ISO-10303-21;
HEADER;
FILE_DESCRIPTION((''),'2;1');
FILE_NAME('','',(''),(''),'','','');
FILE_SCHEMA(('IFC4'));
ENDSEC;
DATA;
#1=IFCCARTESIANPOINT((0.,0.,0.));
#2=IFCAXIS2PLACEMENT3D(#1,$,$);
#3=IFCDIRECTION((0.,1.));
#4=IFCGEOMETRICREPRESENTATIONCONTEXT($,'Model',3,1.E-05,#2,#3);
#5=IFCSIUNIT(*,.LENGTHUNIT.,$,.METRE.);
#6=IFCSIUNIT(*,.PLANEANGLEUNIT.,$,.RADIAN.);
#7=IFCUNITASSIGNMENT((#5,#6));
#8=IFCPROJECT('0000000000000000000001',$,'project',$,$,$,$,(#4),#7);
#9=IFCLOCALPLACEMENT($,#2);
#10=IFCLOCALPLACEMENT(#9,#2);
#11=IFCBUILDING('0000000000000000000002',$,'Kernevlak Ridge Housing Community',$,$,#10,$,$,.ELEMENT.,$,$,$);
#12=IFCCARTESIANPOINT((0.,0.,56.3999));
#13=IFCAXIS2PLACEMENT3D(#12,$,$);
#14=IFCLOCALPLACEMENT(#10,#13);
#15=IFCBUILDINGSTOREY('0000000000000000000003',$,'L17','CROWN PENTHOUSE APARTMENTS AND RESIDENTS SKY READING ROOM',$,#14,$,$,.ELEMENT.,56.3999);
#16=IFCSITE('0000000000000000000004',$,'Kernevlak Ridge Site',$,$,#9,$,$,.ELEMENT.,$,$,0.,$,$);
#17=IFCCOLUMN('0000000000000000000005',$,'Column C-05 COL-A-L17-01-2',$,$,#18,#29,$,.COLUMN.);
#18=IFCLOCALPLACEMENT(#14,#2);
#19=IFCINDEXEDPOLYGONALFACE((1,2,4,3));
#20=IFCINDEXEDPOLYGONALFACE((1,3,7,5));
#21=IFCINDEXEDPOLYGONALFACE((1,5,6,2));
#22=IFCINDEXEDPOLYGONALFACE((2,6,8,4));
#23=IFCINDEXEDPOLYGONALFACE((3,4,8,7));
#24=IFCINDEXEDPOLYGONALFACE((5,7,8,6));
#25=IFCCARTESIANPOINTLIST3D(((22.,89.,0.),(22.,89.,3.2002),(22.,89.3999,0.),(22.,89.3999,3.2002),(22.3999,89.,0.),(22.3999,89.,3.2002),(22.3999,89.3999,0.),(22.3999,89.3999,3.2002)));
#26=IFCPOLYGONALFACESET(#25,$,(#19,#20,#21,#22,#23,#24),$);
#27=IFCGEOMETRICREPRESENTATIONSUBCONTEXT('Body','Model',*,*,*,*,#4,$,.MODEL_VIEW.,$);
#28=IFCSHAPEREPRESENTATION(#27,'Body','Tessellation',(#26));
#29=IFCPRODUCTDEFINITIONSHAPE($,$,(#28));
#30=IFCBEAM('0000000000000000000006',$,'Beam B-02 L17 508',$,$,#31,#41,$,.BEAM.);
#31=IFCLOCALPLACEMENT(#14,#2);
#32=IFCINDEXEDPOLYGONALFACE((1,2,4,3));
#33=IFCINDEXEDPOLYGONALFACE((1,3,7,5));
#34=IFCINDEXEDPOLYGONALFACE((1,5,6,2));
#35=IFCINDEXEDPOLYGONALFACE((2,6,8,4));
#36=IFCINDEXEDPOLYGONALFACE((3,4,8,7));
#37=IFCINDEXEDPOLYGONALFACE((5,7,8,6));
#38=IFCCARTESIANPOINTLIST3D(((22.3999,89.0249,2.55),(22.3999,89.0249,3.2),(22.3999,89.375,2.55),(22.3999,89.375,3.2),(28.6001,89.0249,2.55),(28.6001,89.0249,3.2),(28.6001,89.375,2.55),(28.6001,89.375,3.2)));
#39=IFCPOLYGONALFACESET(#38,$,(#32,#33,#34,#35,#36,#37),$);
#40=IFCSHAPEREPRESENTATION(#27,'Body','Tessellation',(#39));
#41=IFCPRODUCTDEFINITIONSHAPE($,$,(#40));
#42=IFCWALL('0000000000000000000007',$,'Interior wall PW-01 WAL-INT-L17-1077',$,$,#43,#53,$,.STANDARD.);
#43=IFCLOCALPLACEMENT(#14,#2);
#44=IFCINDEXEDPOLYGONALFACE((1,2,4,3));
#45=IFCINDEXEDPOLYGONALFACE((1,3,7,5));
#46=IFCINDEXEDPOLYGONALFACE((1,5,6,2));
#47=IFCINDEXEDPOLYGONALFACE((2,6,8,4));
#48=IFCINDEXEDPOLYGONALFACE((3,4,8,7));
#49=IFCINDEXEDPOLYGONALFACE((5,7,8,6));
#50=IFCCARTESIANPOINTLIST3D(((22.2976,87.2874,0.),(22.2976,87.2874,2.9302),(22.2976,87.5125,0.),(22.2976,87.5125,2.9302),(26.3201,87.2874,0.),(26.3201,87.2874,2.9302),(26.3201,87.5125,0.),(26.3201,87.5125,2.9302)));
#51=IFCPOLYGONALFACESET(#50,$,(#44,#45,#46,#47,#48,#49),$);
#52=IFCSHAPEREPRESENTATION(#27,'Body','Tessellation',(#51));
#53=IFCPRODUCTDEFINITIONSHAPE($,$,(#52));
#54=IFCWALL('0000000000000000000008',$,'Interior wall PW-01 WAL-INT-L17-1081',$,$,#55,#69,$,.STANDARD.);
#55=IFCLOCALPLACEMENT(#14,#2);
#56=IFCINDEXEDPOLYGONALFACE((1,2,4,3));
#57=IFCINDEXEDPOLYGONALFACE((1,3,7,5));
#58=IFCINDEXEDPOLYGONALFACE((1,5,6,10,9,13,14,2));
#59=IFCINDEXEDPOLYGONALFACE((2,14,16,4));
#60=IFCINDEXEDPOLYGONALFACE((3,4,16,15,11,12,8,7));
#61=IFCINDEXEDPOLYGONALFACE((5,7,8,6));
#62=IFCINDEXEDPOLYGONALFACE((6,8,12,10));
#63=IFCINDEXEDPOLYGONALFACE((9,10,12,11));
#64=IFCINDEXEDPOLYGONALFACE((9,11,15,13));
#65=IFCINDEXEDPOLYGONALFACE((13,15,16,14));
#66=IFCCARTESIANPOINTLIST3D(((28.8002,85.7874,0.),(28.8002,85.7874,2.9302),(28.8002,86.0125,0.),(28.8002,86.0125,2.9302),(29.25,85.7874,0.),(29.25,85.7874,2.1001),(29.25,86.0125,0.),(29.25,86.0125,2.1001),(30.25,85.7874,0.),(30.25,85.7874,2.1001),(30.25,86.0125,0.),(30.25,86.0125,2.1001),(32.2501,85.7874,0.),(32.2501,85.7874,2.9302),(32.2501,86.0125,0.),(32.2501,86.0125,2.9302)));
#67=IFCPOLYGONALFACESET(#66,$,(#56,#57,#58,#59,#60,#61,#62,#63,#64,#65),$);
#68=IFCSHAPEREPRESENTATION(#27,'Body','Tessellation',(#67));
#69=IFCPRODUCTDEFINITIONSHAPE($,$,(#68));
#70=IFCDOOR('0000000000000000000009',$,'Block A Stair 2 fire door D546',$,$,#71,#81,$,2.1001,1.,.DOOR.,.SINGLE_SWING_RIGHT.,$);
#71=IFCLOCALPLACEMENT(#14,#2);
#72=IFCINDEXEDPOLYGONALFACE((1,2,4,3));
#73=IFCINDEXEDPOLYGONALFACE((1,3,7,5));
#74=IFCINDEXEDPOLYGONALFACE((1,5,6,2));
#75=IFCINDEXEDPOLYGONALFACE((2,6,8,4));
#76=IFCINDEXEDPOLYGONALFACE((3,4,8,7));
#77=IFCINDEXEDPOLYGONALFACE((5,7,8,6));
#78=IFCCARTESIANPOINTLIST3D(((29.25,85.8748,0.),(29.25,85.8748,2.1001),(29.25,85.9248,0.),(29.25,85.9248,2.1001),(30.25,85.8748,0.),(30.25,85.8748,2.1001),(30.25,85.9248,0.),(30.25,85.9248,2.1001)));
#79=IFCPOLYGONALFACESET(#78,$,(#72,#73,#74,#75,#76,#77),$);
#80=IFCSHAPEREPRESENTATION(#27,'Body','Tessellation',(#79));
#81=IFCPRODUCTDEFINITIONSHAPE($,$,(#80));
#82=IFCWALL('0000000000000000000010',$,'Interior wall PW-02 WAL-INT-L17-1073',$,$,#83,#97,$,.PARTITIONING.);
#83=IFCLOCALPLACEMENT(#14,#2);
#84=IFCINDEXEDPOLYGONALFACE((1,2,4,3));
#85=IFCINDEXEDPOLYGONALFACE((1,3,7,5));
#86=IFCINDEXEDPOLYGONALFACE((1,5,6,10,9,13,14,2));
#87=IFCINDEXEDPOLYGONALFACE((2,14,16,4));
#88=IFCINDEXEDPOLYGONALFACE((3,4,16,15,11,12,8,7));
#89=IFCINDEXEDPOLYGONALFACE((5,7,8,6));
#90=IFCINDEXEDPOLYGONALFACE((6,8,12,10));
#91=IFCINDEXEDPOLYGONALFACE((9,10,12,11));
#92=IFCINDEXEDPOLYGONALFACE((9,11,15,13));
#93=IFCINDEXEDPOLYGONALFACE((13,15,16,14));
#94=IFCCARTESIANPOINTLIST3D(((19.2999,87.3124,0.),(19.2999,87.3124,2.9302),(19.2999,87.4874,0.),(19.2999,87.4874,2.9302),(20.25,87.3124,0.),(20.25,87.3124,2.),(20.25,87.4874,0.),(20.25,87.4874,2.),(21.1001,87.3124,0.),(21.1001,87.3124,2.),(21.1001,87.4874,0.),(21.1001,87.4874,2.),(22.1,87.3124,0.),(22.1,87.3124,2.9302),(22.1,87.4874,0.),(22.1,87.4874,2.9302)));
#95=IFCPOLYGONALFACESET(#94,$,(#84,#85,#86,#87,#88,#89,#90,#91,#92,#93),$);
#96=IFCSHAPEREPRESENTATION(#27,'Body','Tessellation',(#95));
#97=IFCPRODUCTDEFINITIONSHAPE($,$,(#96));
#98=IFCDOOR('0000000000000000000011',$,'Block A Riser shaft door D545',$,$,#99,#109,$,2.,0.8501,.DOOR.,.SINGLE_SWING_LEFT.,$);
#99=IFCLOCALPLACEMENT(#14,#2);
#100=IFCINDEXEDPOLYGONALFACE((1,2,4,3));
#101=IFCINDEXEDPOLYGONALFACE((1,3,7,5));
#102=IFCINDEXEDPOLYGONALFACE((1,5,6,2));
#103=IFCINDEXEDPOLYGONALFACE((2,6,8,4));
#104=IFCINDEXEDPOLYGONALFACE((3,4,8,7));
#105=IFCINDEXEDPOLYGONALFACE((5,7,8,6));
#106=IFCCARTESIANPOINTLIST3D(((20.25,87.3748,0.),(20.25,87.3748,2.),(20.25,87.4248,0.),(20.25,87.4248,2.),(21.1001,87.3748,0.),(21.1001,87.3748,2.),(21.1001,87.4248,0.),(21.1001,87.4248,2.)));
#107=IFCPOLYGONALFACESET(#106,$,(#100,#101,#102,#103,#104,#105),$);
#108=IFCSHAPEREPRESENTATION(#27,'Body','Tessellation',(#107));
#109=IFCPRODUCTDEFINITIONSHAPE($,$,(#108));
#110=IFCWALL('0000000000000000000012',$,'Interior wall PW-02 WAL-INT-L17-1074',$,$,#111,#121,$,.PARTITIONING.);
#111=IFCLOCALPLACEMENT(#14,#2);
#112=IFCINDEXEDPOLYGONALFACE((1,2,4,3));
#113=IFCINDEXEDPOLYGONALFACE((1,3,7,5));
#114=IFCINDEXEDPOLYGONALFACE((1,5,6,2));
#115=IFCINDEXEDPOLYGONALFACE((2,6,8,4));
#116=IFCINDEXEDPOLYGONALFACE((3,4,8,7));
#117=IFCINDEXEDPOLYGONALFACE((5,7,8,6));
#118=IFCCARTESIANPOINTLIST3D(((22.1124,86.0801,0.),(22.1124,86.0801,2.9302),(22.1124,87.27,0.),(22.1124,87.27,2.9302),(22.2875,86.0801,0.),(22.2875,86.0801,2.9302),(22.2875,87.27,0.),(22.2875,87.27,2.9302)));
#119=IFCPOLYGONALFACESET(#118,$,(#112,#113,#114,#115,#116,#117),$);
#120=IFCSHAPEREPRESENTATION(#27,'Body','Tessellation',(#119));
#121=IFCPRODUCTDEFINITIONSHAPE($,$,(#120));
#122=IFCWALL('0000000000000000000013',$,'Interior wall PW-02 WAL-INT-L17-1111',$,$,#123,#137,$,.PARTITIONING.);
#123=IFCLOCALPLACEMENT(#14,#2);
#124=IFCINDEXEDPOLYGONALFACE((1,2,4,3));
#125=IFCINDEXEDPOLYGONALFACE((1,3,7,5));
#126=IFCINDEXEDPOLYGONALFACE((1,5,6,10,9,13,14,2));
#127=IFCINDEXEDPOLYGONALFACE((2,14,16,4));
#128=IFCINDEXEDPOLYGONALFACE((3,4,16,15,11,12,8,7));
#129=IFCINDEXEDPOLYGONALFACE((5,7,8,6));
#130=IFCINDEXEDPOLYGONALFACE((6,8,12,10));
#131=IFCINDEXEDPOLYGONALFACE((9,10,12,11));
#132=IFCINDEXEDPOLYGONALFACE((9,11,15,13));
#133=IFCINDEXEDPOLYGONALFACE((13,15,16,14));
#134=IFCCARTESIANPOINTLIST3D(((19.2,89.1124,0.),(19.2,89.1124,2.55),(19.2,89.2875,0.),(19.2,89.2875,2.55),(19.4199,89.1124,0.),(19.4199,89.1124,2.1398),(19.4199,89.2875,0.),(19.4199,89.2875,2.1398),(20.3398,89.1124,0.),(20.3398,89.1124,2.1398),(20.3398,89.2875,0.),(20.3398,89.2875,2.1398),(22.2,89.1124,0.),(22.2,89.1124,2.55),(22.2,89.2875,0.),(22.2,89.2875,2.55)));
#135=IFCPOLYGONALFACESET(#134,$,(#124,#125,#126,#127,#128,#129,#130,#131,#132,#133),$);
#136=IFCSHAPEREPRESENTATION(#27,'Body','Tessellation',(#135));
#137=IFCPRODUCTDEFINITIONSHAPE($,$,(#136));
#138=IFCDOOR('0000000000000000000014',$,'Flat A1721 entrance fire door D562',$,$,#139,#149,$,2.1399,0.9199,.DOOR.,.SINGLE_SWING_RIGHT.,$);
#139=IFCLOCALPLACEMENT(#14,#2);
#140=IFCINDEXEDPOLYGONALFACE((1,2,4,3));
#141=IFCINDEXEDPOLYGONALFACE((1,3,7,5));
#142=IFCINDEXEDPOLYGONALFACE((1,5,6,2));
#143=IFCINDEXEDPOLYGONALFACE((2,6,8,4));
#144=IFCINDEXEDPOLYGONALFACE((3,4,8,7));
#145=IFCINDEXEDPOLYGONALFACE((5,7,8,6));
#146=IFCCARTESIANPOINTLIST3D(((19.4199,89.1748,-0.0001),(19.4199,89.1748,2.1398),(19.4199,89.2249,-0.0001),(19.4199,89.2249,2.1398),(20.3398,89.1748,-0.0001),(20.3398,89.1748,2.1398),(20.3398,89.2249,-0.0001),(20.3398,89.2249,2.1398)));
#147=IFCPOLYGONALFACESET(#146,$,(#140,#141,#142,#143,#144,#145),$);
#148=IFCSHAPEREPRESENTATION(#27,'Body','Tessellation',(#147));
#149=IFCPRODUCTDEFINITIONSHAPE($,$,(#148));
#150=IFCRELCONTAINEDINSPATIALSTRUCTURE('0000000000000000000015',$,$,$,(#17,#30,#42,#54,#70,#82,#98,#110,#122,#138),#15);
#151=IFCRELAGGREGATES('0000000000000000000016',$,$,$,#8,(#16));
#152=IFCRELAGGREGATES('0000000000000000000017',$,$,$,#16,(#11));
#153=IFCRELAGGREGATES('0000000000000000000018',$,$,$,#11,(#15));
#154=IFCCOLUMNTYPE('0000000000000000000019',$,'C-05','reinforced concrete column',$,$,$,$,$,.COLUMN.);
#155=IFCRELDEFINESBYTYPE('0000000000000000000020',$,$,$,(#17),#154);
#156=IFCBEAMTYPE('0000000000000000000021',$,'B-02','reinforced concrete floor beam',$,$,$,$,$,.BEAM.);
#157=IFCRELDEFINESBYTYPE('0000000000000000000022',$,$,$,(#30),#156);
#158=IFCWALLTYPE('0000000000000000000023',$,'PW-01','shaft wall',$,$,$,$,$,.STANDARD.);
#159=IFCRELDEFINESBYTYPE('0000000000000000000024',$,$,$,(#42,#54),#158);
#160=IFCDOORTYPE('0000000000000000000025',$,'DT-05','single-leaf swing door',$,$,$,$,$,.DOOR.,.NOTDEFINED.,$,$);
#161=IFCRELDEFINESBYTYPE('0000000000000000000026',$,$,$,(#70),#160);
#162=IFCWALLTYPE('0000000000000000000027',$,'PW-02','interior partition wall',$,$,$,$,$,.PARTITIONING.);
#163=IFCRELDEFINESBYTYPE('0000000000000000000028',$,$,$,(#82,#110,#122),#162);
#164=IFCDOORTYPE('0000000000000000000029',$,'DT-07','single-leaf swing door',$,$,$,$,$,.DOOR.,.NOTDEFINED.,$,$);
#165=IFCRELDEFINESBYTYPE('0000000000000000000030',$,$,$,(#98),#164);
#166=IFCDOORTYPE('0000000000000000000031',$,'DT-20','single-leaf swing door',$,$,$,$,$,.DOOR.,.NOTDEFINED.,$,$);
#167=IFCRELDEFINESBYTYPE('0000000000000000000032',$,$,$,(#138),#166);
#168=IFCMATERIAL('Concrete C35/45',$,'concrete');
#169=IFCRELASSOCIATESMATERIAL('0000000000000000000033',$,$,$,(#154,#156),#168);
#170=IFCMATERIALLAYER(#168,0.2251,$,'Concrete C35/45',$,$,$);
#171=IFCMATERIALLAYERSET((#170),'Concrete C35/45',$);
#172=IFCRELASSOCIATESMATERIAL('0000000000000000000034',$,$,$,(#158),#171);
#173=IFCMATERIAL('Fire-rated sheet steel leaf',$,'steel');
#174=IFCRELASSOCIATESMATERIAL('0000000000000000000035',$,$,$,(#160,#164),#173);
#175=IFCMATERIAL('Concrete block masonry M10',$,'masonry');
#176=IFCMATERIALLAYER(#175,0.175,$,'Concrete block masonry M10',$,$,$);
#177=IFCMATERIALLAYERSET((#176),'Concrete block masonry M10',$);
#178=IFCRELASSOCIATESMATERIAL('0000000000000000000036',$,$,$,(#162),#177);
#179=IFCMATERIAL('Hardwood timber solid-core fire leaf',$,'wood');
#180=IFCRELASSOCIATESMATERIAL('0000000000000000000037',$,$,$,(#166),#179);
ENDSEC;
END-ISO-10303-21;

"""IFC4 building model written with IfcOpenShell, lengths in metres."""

from ifc_helpers import new_model, si_unit, direction, frame, frame_2d, origin, origin_2d, place, context, subcontext, project, spatial, rectangle, extrude, material, layer, layer_set, material_profile, profile_set, type_object, element, fill, save


model = new_model("IFC4")

# Units and contexts
model_context = context("Model", 3, precision=1e-05, world=origin(), true_north=direction((0.0, 1.0)))
body_context = subcontext(model_context, "Body", "Model", "MODEL_VIEW")
ifc_project = project(units=[si_unit("LENGTHUNIT", "METRE"), si_unit("PLANEANGLEUNIT", "RADIAN")], contexts=[model_context])

# Site, building, storey
site_placement = place(None, origin())
site = spatial("IfcSite", under=ifc_project, at=site_placement, Name="Kernevlak Ridge Site", CompositionType="ELEMENT", RefElevation=0.0)
building_placement = place(site_placement, origin())
building = spatial("IfcBuilding", under=site, at=building_placement, Name="Kernevlak Ridge Housing Community", CompositionType="ELEMENT")
storey_placement = place(building_placement, frame((0.0, 0.0, 56.3999)))
storey = spatial("IfcBuildingStorey", under=building, at=storey_placement, Name="L17", Description="CROWN PENTHOUSE APARTMENTS AND RESIDENTS SKY READING ROOM", CompositionType="ELEMENT", Elevation=56.3999)

# Column
ifc_material_1 = material(Name="Concrete C35/45", Category="concrete")
ifc_material_profile_1 = material_profile(ifc_material_1, rectangle(XDim=0.3999, YDim=0.3999, at=origin_2d()), Name="RC 400x400")
ifc_profile_set_1 = profile_set([ifc_material_profile_1], Name="Concrete C35/45")
column_type = type_object("IfcColumnType", Name="C-05", Description="reinforced concrete column", PredefinedType="COLUMN", material=ifc_profile_set_1)
column_placement = place(storey_placement, frame((22.2, 89.2, 0.0), z_axis=(0.0, 0.0, 1.0), x_axis=(1.0, 0.0, 0.0)))
element("IfcColumn", 1, at=column_placement, inside=storey, type_object=column_type, Name="Column C-05 COL-A-L17-01-2", PredefinedType="COLUMN", context=body_context, shape_type="SweptSolid", body=[
    extrude(rectangle(XDim=0.3999, YDim=0.3999, at=origin_2d()), origin(), (0.0, 0.0, 1.0), 3.2002),
])

# Beam
ifc_material_profile_2 = material_profile(ifc_material_1, rectangle(XDim=0.3501, YDim=0.6499, at=origin_2d()), Name="RC 350x650")
ifc_profile_set_2 = profile_set([ifc_material_profile_2], Name="Concrete C35/45")
beam_type = type_object("IfcBeamType", Name="B-02", Description="reinforced concrete floor beam", PredefinedType="BEAM", material=ifc_profile_set_2)
beam_placement = place(storey_placement, frame((22.3999, 89.2, 2.875), z_axis=(1.0, 0.0, 0.0), x_axis=(0.0, 1.0, 0.0)))
element("IfcBeam", 2, at=beam_placement, inside=storey, type_object=beam_type, Name="Beam B-02 L17 508", PredefinedType="BEAM", context=body_context, shape_type="SweptSolid", body=[
    extrude(rectangle(XDim=0.3501, YDim=0.6499, at=origin_2d()), origin(), (0.0, 0.0, 1.0), 6.2002),
])

# Wall
ifc_layer_1 = layer(ifc_material_1, 0.2251, Name="Concrete C35/45")
ifc_layer_set_1 = layer_set([ifc_layer_1], Name="Concrete C35/45")
wall_type_1 = type_object("IfcWallType", Name="PW-01", Description="shaft wall", PredefinedType="STANDARD", material=ifc_layer_set_1)
wall_1_placement = place(storey_placement, frame((22.2976, 87.3999, 0.0), z_axis=(0.0, 0.0, 1.0), x_axis=(1.0, 0.0, 0.0)))
element("IfcWall", 3, at=wall_1_placement, inside=storey, type_object=wall_type_1, Name="Interior wall PW-01 WAL-INT-L17-1077", PredefinedType="STANDARD", context=body_context, shape_type="SweptSolid", body=[
    extrude(rectangle(XDim=4.0225, YDim=0.2251, at=frame_2d((2.0112, 0.0))), origin(), (0.0, 0.0, 1.0), 2.9302),
])

# Walls, openings, doors
wall_2_placement = place(storey_placement, frame((28.8, 85.8999, 0.0), z_axis=(0.0, 0.0, 1.0), x_axis=(1.0, 0.0, 0.0)))
wall_2 = element("IfcWall", 4, at=wall_2_placement, inside=storey, type_object=wall_type_1, Name="Interior wall PW-01 WAL-INT-L17-1081", PredefinedType="STANDARD", context=body_context, shape_type="SweptSolid", body=[
    extrude(rectangle(XDim=3.45, YDim=0.2251, at=frame_2d((1.7251, 0.0))), origin(), (0.0, 0.0, 1.0), 2.9302),
])
opening_1_placement = place(wall_2_placement, frame((0.45, 0.0, 0.0)))
opening_1 = element("IfcOpeningElement", 5, at=opening_1_placement, cuts=wall_2, PredefinedType="OPENING", context=body_context, shape_type="SweptSolid", body=[
    extrude(rectangle(XDim=1.0, YDim=2.1001, at=frame_2d((0.5, 1.05))), frame((0.0, 0.1226, 0.0), z_axis=(0.0, -1.0, 0.0), x_axis=(1.0, 0.0, 0.0)), (0.0, 0.0, 1.0), 0.2451),
])
ifc_material_2 = material(Name="Fire-rated sheet steel leaf", Category="steel")
door_type_1 = type_object("IfcDoorType", Name="DT-05", Description="single-leaf swing door", OperationType="NOTDEFINED", PredefinedType="DOOR", material=ifc_material_2)
door_1_placement = place(opening_1_placement, origin())
door_1 = element("IfcDoor", 6, at=door_1_placement, inside=storey, type_object=door_type_1, Name="Block A Stair 2 fire door D546", OperationType="SINGLE_SWING_RIGHT", OverallHeight=2.1001, OverallWidth=1.0, PredefinedType="DOOR", context=body_context, shape_type="SweptSolid", body=[
    extrude(rectangle(XDim=1.0, YDim=2.1001, at=frame_2d((0.5, 1.05))), frame((0.0, 0.0249, 0.0), z_axis=(0.0, -1.0, 0.0), x_axis=(1.0, 0.0, 0.0)), (0.0, 0.0, 1.0), 0.05),
])
fill(opening_1, door_1)
ifc_material_3 = material(Name="Concrete block masonry M10", Category="masonry")
ifc_layer_2 = layer(ifc_material_3, 0.175, Name="Concrete block masonry M10")
ifc_layer_set_2 = layer_set([ifc_layer_2], Name="Concrete block masonry M10")
wall_type_2 = type_object("IfcWallType", Name="PW-02", Description="interior partition wall", PredefinedType="PARTITIONING", material=ifc_layer_set_2)
wall_3_placement = place(storey_placement, frame((19.3, 87.3999, 0.0), z_axis=(0.0, 0.0, 1.0), x_axis=(1.0, 0.0, 0.0)))
wall_3 = element("IfcWall", 7, at=wall_3_placement, inside=storey, type_object=wall_type_2, Name="Interior wall PW-02 WAL-INT-L17-1073", PredefinedType="PARTITIONING", context=body_context, shape_type="SweptSolid", body=[
    extrude(rectangle(XDim=2.8, YDim=0.175, at=frame_2d((1.3999, 0.0))), origin(), (0.0, 0.0, 1.0), 2.9302),
])
opening_2_placement = place(wall_3_placement, frame((0.95, 0.0, 0.0)))
opening_2 = element("IfcOpeningElement", 8, at=opening_2_placement, cuts=wall_3, PredefinedType="OPENING", context=body_context, shape_type="SweptSolid", body=[
    extrude(rectangle(XDim=0.8501, YDim=2.0, at=frame_2d((0.425, 1.0))), frame((0.0, 0.0974, 0.0), z_axis=(0.0, -1.0, 0.0), x_axis=(1.0, 0.0, 0.0)), (0.0, 0.0, 1.0), 0.1951),
])
door_type_2 = type_object("IfcDoorType", Name="DT-07", Description="single-leaf swing door", OperationType="NOTDEFINED", PredefinedType="DOOR", material=ifc_material_2)
door_2_placement = place(opening_2_placement, origin())
door_2 = element("IfcDoor", 9, at=door_2_placement, inside=storey, type_object=door_type_2, Name="Block A Riser shaft door D545", OperationType="SINGLE_SWING_LEFT", OverallHeight=2.0, OverallWidth=0.8501, PredefinedType="DOOR", context=body_context, shape_type="SweptSolid", body=[
    extrude(rectangle(XDim=0.8501, YDim=2.0, at=frame_2d((0.425, 1.0))), frame((0.0, 0.0249, 0.0), z_axis=(0.0, -1.0, 0.0), x_axis=(1.0, 0.0, 0.0)), (0.0, 0.0, 1.0), 0.05),
])
fill(opening_2, door_2)

# Wall
wall_4_placement = place(storey_placement, frame((22.2, 86.0801, 0.0), z_axis=(0.0, 0.0, 1.0), x_axis=(0.0, 1.0, 0.0)))
element("IfcWall", 10, at=wall_4_placement, inside=storey, type_object=wall_type_2, Name="Interior wall PW-02 WAL-INT-L17-1074", PredefinedType="PARTITIONING", context=body_context, shape_type="SweptSolid", body=[
    extrude(rectangle(XDim=1.1899, YDim=0.175, at=frame_2d((0.595, 0.0))), origin(), (0.0, 0.0, 1.0), 2.9302),
])

# Wall, opening, door
wall_5_placement = place(storey_placement, frame((19.2, 89.2, 0.0), z_axis=(0.0, 0.0, 1.0), x_axis=(1.0, 0.0, 0.0)))
wall_5 = element("IfcWall", 11, at=wall_5_placement, inside=storey, type_object=wall_type_2, Name="Interior wall PW-02 WAL-INT-L17-1111", PredefinedType="PARTITIONING", context=body_context, shape_type="SweptSolid", body=[
    extrude(rectangle(XDim=3.0, YDim=0.175, at=frame_2d((1.5, 0.0))), origin(), (0.0, 0.0, 1.0), 2.55),
])
opening_3_placement = place(wall_5_placement, frame((0.22, 0.0, 0.0)))
opening_3 = element("IfcOpeningElement", 12, at=opening_3_placement, cuts=wall_5, PredefinedType="OPENING", context=body_context, shape_type="SweptSolid", body=[
    extrude(rectangle(XDim=0.9199, YDim=2.1399, at=frame_2d((0.46, 1.0698))), frame((0.0, 0.0974, 0.0), z_axis=(0.0, -1.0, 0.0), x_axis=(1.0, 0.0, 0.0)), (0.0, 0.0, 1.0), 0.1951),
])
ifc_material_4 = material(Name="Hardwood timber solid-core fire leaf", Category="wood")
door_type_3 = type_object("IfcDoorType", Name="DT-20", Description="single-leaf swing door", OperationType="NOTDEFINED", PredefinedType="DOOR", material=ifc_material_4)
door_3_placement = place(opening_3_placement, origin())
door_3 = element("IfcDoor", 13, at=door_3_placement, inside=storey, type_object=door_type_3, Name="Flat A1721 entrance fire door D562", OperationType="SINGLE_SWING_RIGHT", OverallHeight=2.1399, OverallWidth=0.9199, PredefinedType="DOOR", context=body_context, shape_type="SweptSolid", body=[
    extrude(rectangle(XDim=0.9199, YDim=2.1399, at=frame_2d((0.46, 1.0698))), frame((0.0, 0.0249, 0.0), z_axis=(0.0, -1.0, 0.0), x_axis=(1.0, 0.0, 0.0)), (0.0, 0.0, 1.0), 0.05),
])
fill(opening_3, door_3)

save(model, "model.ifc")
